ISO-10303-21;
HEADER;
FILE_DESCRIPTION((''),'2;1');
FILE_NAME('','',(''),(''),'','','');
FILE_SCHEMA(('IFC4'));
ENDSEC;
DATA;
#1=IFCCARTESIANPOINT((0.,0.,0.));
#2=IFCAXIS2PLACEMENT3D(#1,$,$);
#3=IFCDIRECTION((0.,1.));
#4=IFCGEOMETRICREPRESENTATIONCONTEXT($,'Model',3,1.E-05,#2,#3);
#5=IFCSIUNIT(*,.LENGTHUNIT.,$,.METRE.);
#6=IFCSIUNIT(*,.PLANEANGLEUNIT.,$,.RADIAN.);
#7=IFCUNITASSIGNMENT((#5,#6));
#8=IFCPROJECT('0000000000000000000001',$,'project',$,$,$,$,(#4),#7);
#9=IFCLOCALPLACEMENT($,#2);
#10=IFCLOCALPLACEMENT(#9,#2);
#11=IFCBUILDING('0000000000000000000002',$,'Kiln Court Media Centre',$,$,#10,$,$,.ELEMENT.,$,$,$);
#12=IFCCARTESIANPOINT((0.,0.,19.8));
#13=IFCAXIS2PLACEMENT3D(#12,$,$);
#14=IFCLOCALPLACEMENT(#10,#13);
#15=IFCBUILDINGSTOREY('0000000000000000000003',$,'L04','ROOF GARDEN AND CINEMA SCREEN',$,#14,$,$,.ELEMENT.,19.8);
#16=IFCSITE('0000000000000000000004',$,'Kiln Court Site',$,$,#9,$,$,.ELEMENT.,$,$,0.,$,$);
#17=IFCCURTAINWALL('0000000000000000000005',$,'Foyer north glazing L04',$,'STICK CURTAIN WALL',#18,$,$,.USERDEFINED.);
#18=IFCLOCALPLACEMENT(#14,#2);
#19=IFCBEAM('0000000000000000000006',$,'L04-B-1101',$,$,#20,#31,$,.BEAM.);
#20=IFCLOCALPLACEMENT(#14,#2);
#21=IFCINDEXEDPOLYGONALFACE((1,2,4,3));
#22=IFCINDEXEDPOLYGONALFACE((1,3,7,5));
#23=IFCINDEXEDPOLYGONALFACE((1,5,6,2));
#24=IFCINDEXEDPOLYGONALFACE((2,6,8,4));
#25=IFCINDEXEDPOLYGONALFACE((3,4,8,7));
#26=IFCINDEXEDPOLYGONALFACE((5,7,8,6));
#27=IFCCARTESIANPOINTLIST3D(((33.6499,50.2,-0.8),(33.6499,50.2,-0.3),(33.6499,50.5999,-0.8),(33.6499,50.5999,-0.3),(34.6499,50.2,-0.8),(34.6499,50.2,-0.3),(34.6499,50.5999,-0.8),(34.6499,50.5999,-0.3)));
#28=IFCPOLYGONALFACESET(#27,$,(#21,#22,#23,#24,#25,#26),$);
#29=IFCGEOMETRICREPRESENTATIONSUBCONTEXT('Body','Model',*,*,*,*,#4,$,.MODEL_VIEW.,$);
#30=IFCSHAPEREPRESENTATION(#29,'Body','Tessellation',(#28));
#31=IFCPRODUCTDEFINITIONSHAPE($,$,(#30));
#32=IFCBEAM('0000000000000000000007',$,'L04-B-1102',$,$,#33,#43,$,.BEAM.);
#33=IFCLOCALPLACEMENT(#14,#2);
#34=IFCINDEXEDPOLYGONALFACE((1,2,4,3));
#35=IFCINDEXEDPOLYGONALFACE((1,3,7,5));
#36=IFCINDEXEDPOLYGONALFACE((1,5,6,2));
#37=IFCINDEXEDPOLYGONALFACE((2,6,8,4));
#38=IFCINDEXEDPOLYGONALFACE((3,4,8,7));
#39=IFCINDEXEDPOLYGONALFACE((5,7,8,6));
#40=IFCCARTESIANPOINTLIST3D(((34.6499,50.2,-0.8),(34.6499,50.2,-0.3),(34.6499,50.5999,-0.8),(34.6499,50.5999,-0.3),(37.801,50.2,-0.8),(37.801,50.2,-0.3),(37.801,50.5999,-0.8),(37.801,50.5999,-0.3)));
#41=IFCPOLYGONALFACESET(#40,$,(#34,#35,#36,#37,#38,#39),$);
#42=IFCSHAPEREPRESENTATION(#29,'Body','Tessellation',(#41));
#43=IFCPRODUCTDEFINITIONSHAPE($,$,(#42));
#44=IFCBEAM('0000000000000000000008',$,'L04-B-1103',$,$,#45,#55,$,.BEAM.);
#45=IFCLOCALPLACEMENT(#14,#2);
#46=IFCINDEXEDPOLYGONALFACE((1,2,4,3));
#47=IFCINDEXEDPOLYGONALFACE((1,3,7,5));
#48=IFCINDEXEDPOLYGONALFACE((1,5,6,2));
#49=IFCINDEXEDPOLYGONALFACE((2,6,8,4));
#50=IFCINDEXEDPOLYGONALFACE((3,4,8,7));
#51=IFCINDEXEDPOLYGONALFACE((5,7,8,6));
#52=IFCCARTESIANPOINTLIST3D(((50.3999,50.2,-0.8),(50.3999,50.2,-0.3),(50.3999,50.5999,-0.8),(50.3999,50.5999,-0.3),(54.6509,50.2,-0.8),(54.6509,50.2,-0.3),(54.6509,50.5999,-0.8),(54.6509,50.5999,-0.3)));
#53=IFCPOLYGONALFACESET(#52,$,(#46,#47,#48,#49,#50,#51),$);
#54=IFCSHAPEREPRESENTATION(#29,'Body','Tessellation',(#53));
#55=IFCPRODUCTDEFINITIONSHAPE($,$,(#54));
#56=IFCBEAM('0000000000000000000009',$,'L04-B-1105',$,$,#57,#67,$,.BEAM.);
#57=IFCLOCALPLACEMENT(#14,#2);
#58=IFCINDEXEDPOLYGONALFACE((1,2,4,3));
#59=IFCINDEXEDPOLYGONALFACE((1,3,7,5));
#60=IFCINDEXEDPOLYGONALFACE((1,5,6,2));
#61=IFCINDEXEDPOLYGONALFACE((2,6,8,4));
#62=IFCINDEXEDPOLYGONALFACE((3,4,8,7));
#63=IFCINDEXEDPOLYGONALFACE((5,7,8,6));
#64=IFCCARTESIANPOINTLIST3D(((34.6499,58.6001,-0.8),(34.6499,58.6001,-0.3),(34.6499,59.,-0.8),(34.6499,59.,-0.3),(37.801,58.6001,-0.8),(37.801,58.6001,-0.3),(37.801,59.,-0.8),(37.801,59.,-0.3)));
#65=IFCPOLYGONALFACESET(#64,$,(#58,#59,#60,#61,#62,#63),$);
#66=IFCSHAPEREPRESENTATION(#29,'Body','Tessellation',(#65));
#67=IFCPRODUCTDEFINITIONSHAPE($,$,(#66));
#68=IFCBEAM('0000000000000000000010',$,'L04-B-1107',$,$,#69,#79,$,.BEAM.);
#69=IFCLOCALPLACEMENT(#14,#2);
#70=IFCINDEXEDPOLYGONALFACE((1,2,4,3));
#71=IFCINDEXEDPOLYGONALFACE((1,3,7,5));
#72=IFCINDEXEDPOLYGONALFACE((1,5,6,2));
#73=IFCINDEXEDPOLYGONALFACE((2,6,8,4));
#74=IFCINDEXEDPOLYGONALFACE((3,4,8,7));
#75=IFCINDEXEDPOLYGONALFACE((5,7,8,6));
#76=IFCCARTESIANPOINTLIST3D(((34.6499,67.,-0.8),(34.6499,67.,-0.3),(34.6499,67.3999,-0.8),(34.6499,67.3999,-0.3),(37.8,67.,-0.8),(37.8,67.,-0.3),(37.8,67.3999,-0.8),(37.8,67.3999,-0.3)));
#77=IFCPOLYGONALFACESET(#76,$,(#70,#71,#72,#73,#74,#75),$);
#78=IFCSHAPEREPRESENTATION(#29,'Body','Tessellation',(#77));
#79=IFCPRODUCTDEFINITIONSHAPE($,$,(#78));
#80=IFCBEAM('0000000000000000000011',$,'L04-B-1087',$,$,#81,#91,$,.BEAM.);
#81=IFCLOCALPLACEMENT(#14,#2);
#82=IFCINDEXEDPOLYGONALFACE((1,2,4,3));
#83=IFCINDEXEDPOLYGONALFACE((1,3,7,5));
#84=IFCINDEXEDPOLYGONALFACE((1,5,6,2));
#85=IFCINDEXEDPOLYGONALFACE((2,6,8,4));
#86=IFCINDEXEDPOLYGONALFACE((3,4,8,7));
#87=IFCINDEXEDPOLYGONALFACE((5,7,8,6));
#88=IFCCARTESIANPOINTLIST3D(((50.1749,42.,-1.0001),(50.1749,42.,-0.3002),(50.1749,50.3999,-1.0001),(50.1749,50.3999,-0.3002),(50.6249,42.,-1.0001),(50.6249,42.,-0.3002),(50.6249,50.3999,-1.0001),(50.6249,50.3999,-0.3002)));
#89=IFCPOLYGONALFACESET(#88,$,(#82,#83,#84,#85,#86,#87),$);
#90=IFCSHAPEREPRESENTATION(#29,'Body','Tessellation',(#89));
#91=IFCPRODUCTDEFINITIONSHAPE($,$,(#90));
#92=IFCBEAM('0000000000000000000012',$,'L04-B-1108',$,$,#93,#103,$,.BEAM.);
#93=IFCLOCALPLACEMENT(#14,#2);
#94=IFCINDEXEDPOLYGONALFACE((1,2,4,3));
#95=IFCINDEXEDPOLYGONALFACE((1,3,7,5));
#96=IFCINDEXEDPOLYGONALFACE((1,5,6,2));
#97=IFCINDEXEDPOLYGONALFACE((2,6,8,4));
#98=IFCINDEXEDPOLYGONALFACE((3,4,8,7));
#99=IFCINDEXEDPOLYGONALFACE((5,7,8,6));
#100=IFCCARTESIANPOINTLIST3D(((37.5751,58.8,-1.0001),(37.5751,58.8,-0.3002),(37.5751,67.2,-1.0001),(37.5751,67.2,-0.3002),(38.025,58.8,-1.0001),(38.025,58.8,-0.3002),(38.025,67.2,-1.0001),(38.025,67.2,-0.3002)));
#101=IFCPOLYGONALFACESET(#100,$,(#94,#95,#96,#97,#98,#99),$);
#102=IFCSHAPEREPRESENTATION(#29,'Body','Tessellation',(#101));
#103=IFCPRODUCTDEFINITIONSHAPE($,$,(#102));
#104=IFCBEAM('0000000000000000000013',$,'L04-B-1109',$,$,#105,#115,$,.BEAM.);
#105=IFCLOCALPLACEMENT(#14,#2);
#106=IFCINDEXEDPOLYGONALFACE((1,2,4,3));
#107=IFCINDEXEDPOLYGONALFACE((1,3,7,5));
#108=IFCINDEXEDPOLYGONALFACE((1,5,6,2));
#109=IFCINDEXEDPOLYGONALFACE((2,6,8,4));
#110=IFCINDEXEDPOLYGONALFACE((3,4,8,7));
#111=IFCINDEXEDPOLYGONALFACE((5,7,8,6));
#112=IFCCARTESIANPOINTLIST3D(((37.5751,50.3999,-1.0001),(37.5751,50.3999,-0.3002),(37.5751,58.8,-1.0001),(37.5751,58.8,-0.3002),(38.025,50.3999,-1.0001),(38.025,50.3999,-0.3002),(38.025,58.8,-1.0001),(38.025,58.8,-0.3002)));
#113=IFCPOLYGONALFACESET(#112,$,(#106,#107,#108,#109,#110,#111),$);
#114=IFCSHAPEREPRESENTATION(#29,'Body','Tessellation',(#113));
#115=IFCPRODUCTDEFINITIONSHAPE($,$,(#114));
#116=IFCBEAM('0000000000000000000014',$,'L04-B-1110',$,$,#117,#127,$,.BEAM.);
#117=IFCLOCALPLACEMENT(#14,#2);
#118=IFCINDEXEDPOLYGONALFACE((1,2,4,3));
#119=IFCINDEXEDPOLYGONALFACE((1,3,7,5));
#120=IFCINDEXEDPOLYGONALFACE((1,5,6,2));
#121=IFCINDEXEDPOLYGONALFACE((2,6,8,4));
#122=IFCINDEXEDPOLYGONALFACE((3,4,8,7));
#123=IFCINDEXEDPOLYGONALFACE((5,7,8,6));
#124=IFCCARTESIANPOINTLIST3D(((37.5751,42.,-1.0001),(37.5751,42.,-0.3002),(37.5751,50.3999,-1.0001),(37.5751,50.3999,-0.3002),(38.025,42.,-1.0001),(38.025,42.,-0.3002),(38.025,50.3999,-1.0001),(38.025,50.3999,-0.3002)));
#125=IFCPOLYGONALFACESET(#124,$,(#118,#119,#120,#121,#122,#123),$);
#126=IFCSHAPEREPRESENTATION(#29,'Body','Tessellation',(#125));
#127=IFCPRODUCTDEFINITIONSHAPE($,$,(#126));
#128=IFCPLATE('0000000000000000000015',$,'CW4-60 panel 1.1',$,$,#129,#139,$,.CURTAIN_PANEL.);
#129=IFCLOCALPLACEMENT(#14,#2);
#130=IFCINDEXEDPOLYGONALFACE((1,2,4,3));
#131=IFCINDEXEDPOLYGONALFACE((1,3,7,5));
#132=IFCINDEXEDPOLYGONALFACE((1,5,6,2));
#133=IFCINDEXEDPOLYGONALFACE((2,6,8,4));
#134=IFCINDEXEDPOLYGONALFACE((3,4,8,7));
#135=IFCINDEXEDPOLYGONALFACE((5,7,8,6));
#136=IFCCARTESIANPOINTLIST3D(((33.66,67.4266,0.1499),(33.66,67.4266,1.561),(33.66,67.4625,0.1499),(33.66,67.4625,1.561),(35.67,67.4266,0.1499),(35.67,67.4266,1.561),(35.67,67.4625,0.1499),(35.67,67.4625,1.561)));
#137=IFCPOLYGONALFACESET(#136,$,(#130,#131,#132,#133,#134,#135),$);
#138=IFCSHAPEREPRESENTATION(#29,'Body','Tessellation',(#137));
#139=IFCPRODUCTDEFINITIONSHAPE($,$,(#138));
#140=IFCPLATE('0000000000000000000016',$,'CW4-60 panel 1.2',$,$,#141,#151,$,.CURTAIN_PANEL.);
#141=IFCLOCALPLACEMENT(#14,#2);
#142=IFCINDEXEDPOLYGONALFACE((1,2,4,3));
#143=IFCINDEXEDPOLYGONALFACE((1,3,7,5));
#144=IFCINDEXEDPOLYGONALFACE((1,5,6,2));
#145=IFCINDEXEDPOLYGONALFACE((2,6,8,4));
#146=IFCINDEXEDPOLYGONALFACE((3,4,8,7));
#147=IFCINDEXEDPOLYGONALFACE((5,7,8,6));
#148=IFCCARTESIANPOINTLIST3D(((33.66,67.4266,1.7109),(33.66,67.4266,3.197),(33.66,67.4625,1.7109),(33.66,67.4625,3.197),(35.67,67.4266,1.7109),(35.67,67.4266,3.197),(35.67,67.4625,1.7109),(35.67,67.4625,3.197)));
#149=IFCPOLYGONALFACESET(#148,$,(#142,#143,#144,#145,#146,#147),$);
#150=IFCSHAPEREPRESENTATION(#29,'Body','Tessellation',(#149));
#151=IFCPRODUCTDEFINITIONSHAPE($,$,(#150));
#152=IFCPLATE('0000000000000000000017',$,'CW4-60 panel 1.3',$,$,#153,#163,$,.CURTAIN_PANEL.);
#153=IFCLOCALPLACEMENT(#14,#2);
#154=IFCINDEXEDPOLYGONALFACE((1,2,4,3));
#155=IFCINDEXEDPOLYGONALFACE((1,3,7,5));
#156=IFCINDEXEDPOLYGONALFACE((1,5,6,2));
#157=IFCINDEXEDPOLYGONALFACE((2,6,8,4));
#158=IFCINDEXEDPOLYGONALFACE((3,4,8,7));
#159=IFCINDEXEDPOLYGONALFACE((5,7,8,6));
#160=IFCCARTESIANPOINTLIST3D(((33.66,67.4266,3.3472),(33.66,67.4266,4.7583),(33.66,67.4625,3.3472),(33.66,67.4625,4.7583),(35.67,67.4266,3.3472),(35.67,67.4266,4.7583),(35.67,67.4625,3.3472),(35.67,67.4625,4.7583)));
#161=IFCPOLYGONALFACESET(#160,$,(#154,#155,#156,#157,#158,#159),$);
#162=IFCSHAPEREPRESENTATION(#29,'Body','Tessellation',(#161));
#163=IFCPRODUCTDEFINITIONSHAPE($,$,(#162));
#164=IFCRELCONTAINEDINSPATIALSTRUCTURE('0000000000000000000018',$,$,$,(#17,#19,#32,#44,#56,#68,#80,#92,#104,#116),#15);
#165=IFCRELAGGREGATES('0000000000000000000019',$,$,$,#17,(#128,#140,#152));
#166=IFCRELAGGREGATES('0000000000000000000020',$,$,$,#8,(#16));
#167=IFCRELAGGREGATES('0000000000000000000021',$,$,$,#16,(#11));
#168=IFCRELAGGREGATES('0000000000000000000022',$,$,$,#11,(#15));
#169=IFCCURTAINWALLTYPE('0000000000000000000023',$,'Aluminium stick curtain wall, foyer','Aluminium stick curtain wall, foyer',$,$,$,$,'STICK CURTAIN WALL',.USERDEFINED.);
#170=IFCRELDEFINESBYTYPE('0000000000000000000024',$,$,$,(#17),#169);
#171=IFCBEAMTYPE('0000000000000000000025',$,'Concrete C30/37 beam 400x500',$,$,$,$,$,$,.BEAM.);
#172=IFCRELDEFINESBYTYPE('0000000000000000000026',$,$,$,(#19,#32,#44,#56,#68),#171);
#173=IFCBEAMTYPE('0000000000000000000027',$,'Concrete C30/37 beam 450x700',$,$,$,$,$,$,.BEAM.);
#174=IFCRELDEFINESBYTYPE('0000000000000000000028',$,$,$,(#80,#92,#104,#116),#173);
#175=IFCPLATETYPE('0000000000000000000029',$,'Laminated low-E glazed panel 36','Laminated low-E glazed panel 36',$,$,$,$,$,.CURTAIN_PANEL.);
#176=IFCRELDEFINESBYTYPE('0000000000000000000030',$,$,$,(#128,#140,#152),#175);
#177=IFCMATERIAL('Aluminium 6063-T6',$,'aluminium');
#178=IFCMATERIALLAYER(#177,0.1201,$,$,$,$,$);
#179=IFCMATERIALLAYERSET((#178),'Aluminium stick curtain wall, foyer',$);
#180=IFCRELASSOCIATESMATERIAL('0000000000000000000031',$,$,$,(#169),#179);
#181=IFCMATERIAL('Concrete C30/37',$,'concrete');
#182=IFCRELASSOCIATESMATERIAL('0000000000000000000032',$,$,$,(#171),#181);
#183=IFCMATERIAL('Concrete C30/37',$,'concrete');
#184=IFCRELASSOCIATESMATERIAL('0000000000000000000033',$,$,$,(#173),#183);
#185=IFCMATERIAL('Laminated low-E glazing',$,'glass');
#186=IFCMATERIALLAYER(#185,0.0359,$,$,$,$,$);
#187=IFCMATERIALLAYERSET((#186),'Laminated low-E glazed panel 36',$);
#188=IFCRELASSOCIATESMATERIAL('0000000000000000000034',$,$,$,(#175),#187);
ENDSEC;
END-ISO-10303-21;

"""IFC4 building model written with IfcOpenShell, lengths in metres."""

from ifc_helpers import new_model, si_unit, direction, frame, origin, origin_2d, place, context, subcontext, project, spatial, rectangle, extrude, material, layer, layer_set, material_profile, profile_set, type_object, element, aggregate, save


model = new_model("IFC4")

# Units and contexts
model_context = context("Model", 3, precision=1e-05, world=origin(), true_north=direction((0.0, 1.0)))
body_context = subcontext(model_context, "Body", "Model", "MODEL_VIEW")
ifc_project = project(units=[si_unit("LENGTHUNIT", "METRE"), si_unit("PLANEANGLEUNIT", "RADIAN")], contexts=[model_context])

# Site, building, storey
site_placement = place(None, origin())
site = spatial("IfcSite", under=ifc_project, at=site_placement, Name="Kiln Court Site", CompositionType="ELEMENT", RefElevation=0.0)
building_placement = place(site_placement, origin())
building = spatial("IfcBuilding", under=site, at=building_placement, Name="Kiln Court Media Centre", CompositionType="ELEMENT")
storey_placement = place(building_placement, frame((0.0, 0.0, 19.8)))
storey = spatial("IfcBuildingStorey", under=building, at=storey_placement, Name="L04", Description="ROOF GARDEN AND CINEMA SCREEN", CompositionType="ELEMENT", Elevation=19.8)

# Curtain wall
ifc_material_1 = material(Name="Aluminium 6063-T6", Category="aluminium")
ifc_layer_1 = layer(ifc_material_1, 0.1201)
ifc_layer_set_1 = layer_set([ifc_layer_1], Name="Aluminium stick curtain wall, foyer")
curtain_wall_type = type_object("IfcCurtainWallType", Name="Aluminium stick curtain wall, foyer", Description="Aluminium stick curtain wall, foyer", ElementType="STICK CURTAIN WALL", PredefinedType="USERDEFINED", material=ifc_layer_set_1)
curtain_wall_placement = place(storey_placement, origin())
curtain_wall = element("IfcCurtainWall", 1, at=curtain_wall_placement, inside=storey, type_object=curtain_wall_type, Name="Foyer north glazing L04", ObjectType="STICK CURTAIN WALL", PredefinedType="USERDEFINED")

# Beams
ifc_material_2 = material(Name="Concrete C30/37", Category="concrete")
ifc_material_profile_1 = material_profile(ifc_material_2, rectangle(XDim=0.3999, YDim=0.5, at=origin_2d()), Name="RC 400x500")
ifc_profile_set_1 = profile_set([ifc_material_profile_1], Name="Concrete C30/37")
beam_type_1 = type_object("IfcBeamType", Name="Concrete C30/37 beam 400x500", PredefinedType="BEAM", material=ifc_profile_set_1)
beam_1_placement = place(storey_placement, frame((33.6499, 50.3999, -0.55), z_axis=(1.0, 0.0, 0.0), x_axis=(0.0, 1.0, 0.0)))
element("IfcBeam", 2, at=beam_1_placement, inside=storey, type_object=beam_type_1, Name="L04-B-1101", PredefinedType="BEAM", context=body_context, shape_type="SweptSolid", body=[
    extrude(rectangle(XDim=0.3999, YDim=0.5, at=origin_2d()), origin(), (0.0, 0.0, 1.0), 1.0),
])
beam_2_placement = place(storey_placement, frame((34.6499, 50.3999, -0.55), z_axis=(1.0, 0.0, 0.0), x_axis=(0.0, 1.0, 0.0)))
element("IfcBeam", 3, at=beam_2_placement, inside=storey, type_object=beam_type_1, Name="L04-B-1102", PredefinedType="BEAM", context=body_context, shape_type="SweptSolid", body=[
    extrude(rectangle(XDim=0.3999, YDim=0.5, at=origin_2d()), origin(), (0.0, 0.0, 1.0), 3.1511),
])
beam_3_placement = place(storey_placement, frame((50.3999, 50.3999, -0.55), z_axis=(1.0, 0.0, 0.0), x_axis=(0.0, 1.0, 0.0)))
element("IfcBeam", 4, at=beam_3_placement, inside=storey, type_object=beam_type_1, Name="L04-B-1103", PredefinedType="BEAM", context=body_context, shape_type="SweptSolid", body=[
    extrude(rectangle(XDim=0.3999, YDim=0.5, at=origin_2d()), origin(), (0.0, 0.0, 1.0), 4.251),
])
beam_4_placement = place(storey_placement, frame((34.6499, 58.8, -0.55), z_axis=(1.0, 0.0, 0.0), x_axis=(0.0, 1.0, 0.0)))
element("IfcBeam", 5, at=beam_4_placement, inside=storey, type_object=beam_type_1, Name="L04-B-1105", PredefinedType="BEAM", context=body_context, shape_type="SweptSolid", body=[
    extrude(rectangle(XDim=0.3999, YDim=0.5, at=origin_2d()), origin(), (0.0, 0.0, 1.0), 3.1511),
])
beam_5_placement = place(storey_placement, frame((34.6499, 67.2, -0.55), z_axis=(1.0, 0.0, 0.0), x_axis=(0.0, 1.0, 0.0)))
element("IfcBeam", 6, at=beam_5_placement, inside=storey, type_object=beam_type_1, Name="L04-B-1107", PredefinedType="BEAM", context=body_context, shape_type="SweptSolid", body=[
    extrude(rectangle(XDim=0.3999, YDim=0.5, at=origin_2d()), origin(), (0.0, 0.0, 1.0), 3.1501),
])
ifc_material_3 = material(Name="Concrete C30/37", Category="concrete")
ifc_material_profile_2 = material_profile(ifc_material_3, rectangle(XDim=0.45, YDim=0.7, at=origin_2d()), Name="RC 450x700")
ifc_profile_set_2 = profile_set([ifc_material_profile_2], Name="Concrete C30/37")
beam_type_2 = type_object("IfcBeamType", Name="Concrete C30/37 beam 450x700", PredefinedType="BEAM", material=ifc_profile_set_2)
for number, where, z_axis, x_axis, name in (
    (7, (50.3999, 42.0, -0.6501), (0.0, 1.0, 0.0), (-1.0, 0.0, 0.0), "L04-B-1087"),
    (8, (37.8, 67.2, -0.6501), (0.0, -1.0, 0.0), (1.0, 0.0, 0.0), "L04-B-1108"),
):
    element("IfcBeam", number, at=place(storey_placement, frame(where, z_axis=z_axis, x_axis=x_axis)), inside=storey, type_object=beam_type_2, Name=name, PredefinedType="BEAM", context=body_context, shape_type="SweptSolid", body=[
        extrude(rectangle(XDim=0.45, YDim=0.7, at=origin_2d()), origin(), (0.0, 0.0, 1.0), 8.3999),
    ])
beam_6_placement = place(storey_placement, frame((37.8, 58.8, -0.6501), z_axis=(0.0, -1.0, 0.0), x_axis=(1.0, 0.0, 0.0)))
element("IfcBeam", 9, at=beam_6_placement, inside=storey, type_object=beam_type_2, Name="L04-B-1109", PredefinedType="BEAM", context=body_context, shape_type="SweptSolid", body=[
    extrude(rectangle(XDim=0.45, YDim=0.7, at=origin_2d()), origin(), (0.0, 0.0, 1.0), 8.4001),
])
beam_7_placement = place(storey_placement, frame((37.8, 50.3999, -0.6501), z_axis=(0.0, -1.0, 0.0), x_axis=(1.0, 0.0, 0.0)))
element("IfcBeam", 10, at=beam_7_placement, inside=storey, type_object=beam_type_2, Name="L04-B-1110", PredefinedType="BEAM", context=body_context, shape_type="SweptSolid", body=[
    extrude(rectangle(XDim=0.45, YDim=0.7, at=origin_2d()), origin(), (0.0, 0.0, 1.0), 8.3999),
])

# Plates
ifc_material_4 = material(Name="Laminated low-E glazing", Category="glass")
ifc_layer_2 = layer(ifc_material_4, 0.0359)
ifc_layer_set_2 = layer_set([ifc_layer_2], Name="Laminated low-E glazed panel 36")
plate_type = type_object("IfcPlateType", Name="Laminated low-E glazed panel 36", Description="Laminated low-E glazed panel 36", PredefinedType="CURTAIN_PANEL", material=ifc_layer_set_2)
plate_1_placement = place(storey_placement, frame((34.665, 67.4446, 0.1499), z_axis=(0.0, 0.0, 1.0), x_axis=(1.0, 0.0, 0.0)))
plate_1 = element("IfcPlate", 11, at=plate_1_placement, type_object=plate_type, Name="CW4-60 panel 1.1", PredefinedType="CURTAIN_PANEL", context=body_context, shape_type="SweptSolid", body=[
    extrude(rectangle(XDim=2.01, YDim=0.0359, at=origin_2d()), origin(), (0.0, 0.0, 1.0), 1.4111),
])
plate_2_placement = place(storey_placement, frame((34.665, 67.4446, 1.7109), z_axis=(0.0, 0.0, 1.0), x_axis=(1.0, 0.0, 0.0)))
plate_2 = element("IfcPlate", 12, at=plate_2_placement, type_object=plate_type, Name="CW4-60 panel 1.2", PredefinedType="CURTAIN_PANEL", context=body_context, shape_type="SweptSolid", body=[
    extrude(rectangle(XDim=2.01, YDim=0.0359, at=origin_2d()), origin(), (0.0, 0.0, 1.0), 1.4861),
])
plate_3_placement = place(storey_placement, frame((34.665, 67.4446, 3.3472), z_axis=(0.0, 0.0, 1.0), x_axis=(1.0, 0.0, 0.0)))
plate_3 = element("IfcPlate", 13, at=plate_3_placement, type_object=plate_type, Name="CW4-60 panel 1.3", PredefinedType="CURTAIN_PANEL", context=body_context, shape_type="SweptSolid", body=[
    extrude(rectangle(XDim=2.01, YDim=0.0359, at=origin_2d()), origin(), (0.0, 0.0, 1.0), 1.4111),
])
aggregate(curtain_wall, [plate_1, plate_2, plate_3])

save(model, "model.ifc")
